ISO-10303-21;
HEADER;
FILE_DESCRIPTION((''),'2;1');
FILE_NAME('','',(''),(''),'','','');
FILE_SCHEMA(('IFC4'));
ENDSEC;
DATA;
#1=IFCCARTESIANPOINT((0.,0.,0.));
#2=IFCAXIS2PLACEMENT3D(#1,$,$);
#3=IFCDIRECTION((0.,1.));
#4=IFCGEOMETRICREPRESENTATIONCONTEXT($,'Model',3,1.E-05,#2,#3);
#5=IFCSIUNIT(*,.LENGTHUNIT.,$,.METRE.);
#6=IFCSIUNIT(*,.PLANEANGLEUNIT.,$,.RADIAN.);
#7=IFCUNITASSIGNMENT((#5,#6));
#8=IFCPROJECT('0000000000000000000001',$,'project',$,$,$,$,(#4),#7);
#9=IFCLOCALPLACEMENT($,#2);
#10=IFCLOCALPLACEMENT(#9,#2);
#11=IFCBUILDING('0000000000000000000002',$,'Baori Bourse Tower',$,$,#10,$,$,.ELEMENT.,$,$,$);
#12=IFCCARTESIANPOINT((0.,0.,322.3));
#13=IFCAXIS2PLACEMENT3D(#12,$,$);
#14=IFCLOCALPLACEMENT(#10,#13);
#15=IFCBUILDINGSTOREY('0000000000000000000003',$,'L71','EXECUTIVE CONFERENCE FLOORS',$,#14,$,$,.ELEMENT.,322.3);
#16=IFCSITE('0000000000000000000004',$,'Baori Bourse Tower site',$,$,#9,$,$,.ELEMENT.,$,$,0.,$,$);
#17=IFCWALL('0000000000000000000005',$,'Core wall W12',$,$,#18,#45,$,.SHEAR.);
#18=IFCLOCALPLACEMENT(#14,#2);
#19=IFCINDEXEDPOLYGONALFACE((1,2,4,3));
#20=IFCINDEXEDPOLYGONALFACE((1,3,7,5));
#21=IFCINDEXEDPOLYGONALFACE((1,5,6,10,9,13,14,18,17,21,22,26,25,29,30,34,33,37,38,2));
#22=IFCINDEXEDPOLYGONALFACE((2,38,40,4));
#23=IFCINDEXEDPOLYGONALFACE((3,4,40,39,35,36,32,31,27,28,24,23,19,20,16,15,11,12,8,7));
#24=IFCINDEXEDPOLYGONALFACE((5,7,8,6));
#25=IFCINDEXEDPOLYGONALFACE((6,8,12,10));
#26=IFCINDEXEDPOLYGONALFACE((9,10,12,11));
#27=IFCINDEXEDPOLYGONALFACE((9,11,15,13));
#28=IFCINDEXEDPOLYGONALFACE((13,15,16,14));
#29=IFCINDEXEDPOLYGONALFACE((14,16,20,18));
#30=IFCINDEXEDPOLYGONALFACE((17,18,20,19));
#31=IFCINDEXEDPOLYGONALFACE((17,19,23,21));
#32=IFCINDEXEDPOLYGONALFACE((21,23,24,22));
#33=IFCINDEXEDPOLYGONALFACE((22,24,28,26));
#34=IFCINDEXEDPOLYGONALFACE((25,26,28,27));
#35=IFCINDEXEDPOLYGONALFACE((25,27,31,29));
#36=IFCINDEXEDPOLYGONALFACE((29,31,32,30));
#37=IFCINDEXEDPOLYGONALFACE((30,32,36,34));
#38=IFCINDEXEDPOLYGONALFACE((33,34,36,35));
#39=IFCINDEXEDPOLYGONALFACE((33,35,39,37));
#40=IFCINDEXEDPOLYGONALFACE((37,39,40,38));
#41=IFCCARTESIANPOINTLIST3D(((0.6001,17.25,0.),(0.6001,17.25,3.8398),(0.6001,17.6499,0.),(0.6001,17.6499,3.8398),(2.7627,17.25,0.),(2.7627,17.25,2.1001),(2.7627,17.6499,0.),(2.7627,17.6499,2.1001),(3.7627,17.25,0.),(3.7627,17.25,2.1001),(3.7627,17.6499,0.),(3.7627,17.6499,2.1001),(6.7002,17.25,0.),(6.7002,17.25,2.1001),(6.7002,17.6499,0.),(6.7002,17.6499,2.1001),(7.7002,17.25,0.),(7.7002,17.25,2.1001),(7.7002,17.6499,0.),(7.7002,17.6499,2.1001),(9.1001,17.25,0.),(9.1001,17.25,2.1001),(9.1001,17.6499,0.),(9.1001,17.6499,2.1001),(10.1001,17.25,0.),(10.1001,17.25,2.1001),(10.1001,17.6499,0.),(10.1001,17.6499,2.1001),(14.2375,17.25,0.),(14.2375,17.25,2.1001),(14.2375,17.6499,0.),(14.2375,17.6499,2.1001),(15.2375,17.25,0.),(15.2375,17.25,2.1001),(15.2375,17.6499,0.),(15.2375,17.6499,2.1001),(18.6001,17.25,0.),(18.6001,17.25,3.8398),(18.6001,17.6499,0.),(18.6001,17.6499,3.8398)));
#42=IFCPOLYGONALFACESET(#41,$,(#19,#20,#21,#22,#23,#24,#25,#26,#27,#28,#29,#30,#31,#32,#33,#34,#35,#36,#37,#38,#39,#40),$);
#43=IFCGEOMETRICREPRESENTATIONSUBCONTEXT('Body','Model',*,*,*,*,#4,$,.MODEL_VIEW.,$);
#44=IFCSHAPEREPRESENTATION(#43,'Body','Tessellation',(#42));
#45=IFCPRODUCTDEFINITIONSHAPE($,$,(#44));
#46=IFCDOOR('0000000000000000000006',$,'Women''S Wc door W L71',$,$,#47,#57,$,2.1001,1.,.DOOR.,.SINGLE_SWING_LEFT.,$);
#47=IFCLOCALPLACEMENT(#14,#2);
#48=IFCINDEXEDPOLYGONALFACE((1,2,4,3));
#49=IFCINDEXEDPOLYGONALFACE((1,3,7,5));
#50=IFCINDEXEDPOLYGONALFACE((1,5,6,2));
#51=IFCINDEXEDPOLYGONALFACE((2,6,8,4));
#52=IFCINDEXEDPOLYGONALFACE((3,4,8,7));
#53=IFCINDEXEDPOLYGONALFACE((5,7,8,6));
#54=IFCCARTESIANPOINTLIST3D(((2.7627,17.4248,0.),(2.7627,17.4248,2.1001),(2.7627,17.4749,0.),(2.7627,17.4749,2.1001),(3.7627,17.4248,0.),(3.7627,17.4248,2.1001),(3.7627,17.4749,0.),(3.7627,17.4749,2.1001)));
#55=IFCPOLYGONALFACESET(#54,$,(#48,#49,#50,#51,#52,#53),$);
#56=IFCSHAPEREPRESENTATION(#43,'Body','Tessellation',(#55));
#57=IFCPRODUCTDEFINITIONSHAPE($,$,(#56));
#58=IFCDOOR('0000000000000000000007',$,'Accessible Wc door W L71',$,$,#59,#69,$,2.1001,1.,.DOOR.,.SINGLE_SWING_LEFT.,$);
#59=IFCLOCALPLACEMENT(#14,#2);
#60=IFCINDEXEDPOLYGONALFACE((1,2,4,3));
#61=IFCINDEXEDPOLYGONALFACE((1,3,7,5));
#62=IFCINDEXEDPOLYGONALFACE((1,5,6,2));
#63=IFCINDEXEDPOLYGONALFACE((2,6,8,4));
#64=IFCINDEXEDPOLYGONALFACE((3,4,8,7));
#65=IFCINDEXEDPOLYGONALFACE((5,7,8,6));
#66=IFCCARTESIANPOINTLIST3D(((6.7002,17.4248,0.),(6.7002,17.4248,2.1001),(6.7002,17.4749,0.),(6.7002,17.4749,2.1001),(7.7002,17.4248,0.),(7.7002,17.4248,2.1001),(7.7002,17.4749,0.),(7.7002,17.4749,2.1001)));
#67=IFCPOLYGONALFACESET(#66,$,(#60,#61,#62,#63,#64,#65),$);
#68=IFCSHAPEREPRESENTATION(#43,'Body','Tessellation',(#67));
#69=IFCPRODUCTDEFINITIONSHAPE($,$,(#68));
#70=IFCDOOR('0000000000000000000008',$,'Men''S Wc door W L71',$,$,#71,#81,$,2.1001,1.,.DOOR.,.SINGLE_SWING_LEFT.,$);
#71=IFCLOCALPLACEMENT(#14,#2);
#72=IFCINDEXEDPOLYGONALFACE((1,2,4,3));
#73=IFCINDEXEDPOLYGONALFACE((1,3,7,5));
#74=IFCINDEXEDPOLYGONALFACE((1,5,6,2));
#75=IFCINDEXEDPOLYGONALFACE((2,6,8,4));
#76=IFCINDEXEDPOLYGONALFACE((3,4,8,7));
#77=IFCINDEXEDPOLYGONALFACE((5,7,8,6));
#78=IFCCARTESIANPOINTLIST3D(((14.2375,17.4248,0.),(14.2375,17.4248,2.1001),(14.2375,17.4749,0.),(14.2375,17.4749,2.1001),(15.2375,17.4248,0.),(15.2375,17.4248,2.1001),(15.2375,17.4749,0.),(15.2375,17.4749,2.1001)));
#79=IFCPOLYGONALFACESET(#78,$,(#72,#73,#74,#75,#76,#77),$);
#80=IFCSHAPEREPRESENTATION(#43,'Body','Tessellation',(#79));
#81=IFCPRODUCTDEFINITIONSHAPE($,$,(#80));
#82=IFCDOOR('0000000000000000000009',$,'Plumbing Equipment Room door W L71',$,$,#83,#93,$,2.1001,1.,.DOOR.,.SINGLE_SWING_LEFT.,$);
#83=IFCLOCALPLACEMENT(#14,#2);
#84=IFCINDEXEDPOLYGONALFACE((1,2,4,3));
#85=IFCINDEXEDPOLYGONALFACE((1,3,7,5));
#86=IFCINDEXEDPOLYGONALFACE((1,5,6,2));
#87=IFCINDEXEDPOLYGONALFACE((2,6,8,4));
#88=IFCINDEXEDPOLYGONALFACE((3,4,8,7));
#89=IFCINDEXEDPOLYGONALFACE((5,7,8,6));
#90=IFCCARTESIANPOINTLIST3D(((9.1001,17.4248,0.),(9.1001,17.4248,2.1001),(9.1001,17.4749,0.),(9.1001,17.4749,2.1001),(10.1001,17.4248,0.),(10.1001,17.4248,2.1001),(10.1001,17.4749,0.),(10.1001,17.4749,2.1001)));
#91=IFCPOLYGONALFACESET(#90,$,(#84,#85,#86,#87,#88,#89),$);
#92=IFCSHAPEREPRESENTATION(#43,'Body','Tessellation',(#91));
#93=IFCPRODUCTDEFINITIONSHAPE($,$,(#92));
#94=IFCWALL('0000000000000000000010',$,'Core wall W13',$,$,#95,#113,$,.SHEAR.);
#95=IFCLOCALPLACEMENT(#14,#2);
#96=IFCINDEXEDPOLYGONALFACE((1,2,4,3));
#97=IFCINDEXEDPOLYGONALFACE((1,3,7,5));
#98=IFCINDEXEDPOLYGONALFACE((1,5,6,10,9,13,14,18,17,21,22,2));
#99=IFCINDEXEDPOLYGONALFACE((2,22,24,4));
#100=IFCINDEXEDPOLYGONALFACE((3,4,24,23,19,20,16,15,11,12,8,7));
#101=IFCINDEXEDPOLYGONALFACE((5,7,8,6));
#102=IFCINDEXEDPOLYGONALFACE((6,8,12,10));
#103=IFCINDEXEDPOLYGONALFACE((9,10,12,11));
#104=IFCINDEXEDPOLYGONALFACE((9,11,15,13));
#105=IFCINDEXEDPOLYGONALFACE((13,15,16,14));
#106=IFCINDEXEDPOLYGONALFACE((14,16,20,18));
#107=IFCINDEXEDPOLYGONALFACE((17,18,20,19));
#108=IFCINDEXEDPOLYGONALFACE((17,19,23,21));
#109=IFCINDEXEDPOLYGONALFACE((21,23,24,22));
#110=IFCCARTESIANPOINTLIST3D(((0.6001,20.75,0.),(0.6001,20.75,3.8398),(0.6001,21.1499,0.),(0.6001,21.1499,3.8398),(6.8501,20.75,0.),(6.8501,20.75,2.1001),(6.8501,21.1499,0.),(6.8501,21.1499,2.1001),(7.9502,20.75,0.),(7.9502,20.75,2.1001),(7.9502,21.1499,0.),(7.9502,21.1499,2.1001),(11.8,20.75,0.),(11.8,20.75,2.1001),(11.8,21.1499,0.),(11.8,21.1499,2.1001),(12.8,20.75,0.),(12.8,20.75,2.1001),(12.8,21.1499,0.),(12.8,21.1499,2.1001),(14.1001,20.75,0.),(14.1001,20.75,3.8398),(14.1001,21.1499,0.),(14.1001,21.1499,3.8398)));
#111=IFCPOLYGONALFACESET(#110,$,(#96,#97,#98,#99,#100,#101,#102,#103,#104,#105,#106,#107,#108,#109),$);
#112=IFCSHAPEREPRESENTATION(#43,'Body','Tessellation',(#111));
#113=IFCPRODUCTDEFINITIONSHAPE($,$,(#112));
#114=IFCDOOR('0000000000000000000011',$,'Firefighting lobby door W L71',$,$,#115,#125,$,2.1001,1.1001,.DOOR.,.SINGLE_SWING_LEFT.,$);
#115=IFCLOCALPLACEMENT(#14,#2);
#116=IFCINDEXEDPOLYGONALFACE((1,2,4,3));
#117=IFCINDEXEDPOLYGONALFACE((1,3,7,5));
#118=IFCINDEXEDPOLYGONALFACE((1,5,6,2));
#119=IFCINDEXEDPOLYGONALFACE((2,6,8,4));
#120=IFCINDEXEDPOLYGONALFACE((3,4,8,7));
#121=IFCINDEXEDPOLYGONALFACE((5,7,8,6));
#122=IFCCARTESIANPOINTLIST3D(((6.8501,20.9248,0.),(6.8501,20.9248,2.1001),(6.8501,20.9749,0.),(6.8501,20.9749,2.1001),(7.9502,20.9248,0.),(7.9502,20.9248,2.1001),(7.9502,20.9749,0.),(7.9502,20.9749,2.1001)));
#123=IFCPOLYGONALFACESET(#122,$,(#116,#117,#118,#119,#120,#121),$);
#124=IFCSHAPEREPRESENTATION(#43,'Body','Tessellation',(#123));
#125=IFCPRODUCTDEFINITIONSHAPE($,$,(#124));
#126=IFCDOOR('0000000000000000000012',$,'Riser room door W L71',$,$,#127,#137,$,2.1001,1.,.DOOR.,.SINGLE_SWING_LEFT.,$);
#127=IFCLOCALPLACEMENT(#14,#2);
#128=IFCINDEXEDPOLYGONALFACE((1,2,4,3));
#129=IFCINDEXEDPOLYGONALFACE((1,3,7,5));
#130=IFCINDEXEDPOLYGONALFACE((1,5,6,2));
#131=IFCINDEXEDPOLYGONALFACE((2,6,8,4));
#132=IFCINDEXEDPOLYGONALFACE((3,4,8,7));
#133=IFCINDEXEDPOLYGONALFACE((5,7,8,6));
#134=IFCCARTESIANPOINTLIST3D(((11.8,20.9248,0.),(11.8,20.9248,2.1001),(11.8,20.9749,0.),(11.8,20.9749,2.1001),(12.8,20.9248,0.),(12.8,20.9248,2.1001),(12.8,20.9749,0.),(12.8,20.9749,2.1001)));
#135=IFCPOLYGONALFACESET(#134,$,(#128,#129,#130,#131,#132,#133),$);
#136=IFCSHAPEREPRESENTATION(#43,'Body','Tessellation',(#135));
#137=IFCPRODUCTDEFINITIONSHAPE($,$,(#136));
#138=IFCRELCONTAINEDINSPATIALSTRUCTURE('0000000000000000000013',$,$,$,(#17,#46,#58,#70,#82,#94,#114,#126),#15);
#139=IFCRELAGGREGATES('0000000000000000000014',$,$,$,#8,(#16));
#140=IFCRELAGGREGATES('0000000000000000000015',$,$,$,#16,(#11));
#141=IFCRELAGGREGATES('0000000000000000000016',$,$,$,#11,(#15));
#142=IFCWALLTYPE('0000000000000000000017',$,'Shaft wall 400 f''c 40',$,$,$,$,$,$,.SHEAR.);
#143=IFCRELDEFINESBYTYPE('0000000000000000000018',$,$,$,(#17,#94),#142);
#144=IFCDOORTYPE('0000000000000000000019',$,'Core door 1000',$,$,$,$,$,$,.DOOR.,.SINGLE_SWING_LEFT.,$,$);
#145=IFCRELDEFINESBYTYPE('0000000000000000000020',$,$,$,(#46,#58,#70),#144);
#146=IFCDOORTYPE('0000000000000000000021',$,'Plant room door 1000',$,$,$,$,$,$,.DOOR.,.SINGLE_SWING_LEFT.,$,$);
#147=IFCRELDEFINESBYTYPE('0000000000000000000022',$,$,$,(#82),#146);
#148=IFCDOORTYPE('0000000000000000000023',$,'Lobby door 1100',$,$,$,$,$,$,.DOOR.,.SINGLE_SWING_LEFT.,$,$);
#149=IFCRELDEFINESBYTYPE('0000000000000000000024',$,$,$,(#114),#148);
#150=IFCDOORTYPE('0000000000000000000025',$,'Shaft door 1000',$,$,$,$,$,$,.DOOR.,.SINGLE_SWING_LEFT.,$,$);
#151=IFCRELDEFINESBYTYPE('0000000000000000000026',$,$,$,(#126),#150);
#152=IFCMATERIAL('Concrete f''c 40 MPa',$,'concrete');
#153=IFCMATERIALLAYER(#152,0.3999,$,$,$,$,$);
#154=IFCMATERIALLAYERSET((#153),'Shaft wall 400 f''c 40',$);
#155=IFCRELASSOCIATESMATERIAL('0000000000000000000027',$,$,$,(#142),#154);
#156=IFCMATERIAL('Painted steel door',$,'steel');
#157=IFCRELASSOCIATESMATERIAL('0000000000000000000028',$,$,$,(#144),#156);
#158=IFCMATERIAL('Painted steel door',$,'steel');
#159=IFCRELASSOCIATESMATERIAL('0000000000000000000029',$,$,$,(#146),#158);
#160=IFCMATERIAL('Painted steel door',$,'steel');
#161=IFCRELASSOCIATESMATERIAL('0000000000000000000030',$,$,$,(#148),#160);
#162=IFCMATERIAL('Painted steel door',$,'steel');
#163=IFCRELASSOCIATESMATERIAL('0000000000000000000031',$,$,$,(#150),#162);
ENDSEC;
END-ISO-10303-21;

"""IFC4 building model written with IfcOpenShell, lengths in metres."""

from ifc_helpers import new_model, si_unit, direction, frame, frame_2d, origin, place, context, subcontext, project, spatial, rectangle, extrude, material, layer, layer_set, type_object, element, fill, save


model = new_model("IFC4")

# Units and contexts
model_context = context("Model", 3, precision=1e-05, world=origin(), true_north=direction((0.0, 1.0)))
body_context = subcontext(model_context, "Body", "Model", "MODEL_VIEW")
ifc_project = project(units=[si_unit("LENGTHUNIT", "METRE"), si_unit("PLANEANGLEUNIT", "RADIAN")], contexts=[model_context])

# Site, building, storey
site_placement = place(None, origin())
site = spatial("IfcSite", under=ifc_project, at=site_placement, Name="Baori Bourse Tower site", CompositionType="ELEMENT", RefElevation=0.0)
building_placement = place(site_placement, origin())
building = spatial("IfcBuilding", under=site, at=building_placement, Name="Baori Bourse Tower", CompositionType="ELEMENT")
storey_placement = place(building_placement, frame((0.0, 0.0, 322.3)))
storey = spatial("IfcBuildingStorey", under=building, at=storey_placement, Name="L71", Description="EXECUTIVE CONFERENCE FLOORS", CompositionType="ELEMENT", Elevation=322.3)

# Shared definitions
ifc_material_1 = material(Name="Concrete f'c 40 MPa", Category="concrete")
ifc_layer_1 = layer(ifc_material_1, 0.3999)
ifc_layer_set_1 = layer_set([ifc_layer_1], Name="Shaft wall 400 f'c 40")
wall_type_1 = type_object("IfcWallType", Name="Shaft wall 400 f'c 40", PredefinedType="SHEAR", material=ifc_layer_set_1)

# Walls, openings, doors
wall_1_placement = place(storey_placement, frame((0.6001, 17.45, 0.0), z_axis=(0.0, 0.0, 1.0), x_axis=(1.0, 0.0, 0.0)))
wall_1 = element("IfcWall", 1, at=wall_1_placement, inside=storey, type_object=wall_type_1, Name="Core wall W12", PredefinedType="SHEAR", context=body_context, shape_type="SweptSolid", body=[
    extrude(rectangle(XDim=18.0, YDim=0.3999, at=frame_2d((9.0, 0.0))), origin(), (0.0, 0.0, 1.0), 3.8398),
])
opening_1_placement = place(wall_1_placement, frame((2.1626, 0.0, 0.0)))
opening_1 = element("IfcOpeningElement", 2, at=opening_1_placement, cuts=wall_1, PredefinedType="OPENING", context=body_context, shape_type="SweptSolid", body=[
    extrude(rectangle(XDim=1.0, YDim=2.1001, at=frame_2d((0.5, 1.05))), frame((0.0, 0.21, 0.0), z_axis=(0.0, -1.0, 0.0), x_axis=(1.0, 0.0, 0.0)), (0.0, 0.0, 1.0), 0.4199),
])
opening_2_placement = place(wall_1_placement, frame((6.1001, 0.0, 0.0)))
opening_2 = element("IfcOpeningElement", 3, at=opening_2_placement, cuts=wall_1, PredefinedType="OPENING", context=body_context, shape_type="SweptSolid", body=[
    extrude(rectangle(XDim=1.0, YDim=2.1001, at=frame_2d((0.5, 1.05))), frame((0.0, 0.21, 0.0), z_axis=(0.0, -1.0, 0.0), x_axis=(1.0, 0.0, 0.0)), (0.0, 0.0, 1.0), 0.4199),
])
opening_3_placement = place(wall_1_placement, frame((8.5, 0.0, 0.0)))
opening_3 = element("IfcOpeningElement", 4, at=opening_3_placement, cuts=wall_1, PredefinedType="OPENING", context=body_context, shape_type="SweptSolid", body=[
    extrude(rectangle(XDim=1.0, YDim=2.1001, at=frame_2d((0.5, 1.05))), frame((0.0, 0.21, 0.0), z_axis=(0.0, -1.0, 0.0), x_axis=(1.0, 0.0, 0.0)), (0.0, 0.0, 1.0), 0.4199),
])
opening_4_placement = place(wall_1_placement, frame((13.6375, 0.0, 0.0)))
opening_4 = element("IfcOpeningElement", 5, at=opening_4_placement, cuts=wall_1, PredefinedType="OPENING", context=body_context, shape_type="SweptSolid", body=[
    extrude(rectangle(XDim=1.0, YDim=2.1001, at=frame_2d((0.5, 1.05))), frame((0.0, 0.21, 0.0), z_axis=(0.0, -1.0, 0.0), x_axis=(1.0, 0.0, 0.0)), (0.0, 0.0, 1.0), 0.4199),
])
ifc_material_2 = material(Name="Painted steel door", Category="steel")
door_type_1 = type_object("IfcDoorType", Name="Core door 1000", OperationType="SINGLE_SWING_LEFT", PredefinedType="DOOR", material=ifc_material_2)
door_1_placement = place(opening_1_placement, origin())
door_1 = element("IfcDoor", 6, at=door_1_placement, inside=storey, type_object=door_type_1, Name="Women'S Wc door W L71", OperationType="SINGLE_SWING_LEFT", OverallHeight=2.1001, OverallWidth=1.0, PredefinedType="DOOR", context=body_context, shape_type="SweptSolid", body=[
    extrude(rectangle(XDim=1.0, YDim=2.1001, at=frame_2d((0.5, 1.05))), frame((0.0, 0.0249, 0.0), z_axis=(0.0, -1.0, 0.0), x_axis=(1.0, 0.0, 0.0)), (0.0, 0.0, 1.0), 0.05),
])
fill(opening_1, door_1)
door_2_placement = place(opening_2_placement, origin())
door_2 = element("IfcDoor", 7, at=door_2_placement, inside=storey, type_object=door_type_1, Name="Accessible Wc door W L71", OperationType="SINGLE_SWING_LEFT", OverallHeight=2.1001, OverallWidth=1.0, PredefinedType="DOOR", context=body_context, shape_type="SweptSolid", body=[
    extrude(rectangle(XDim=1.0, YDim=2.1001, at=frame_2d((0.5, 1.05))), frame((0.0, 0.0249, 0.0), z_axis=(0.0, -1.0, 0.0), x_axis=(1.0, 0.0, 0.0)), (0.0, 0.0, 1.0), 0.05),
])
fill(opening_2, door_2)
door_3_placement = place(opening_4_placement, origin())
door_3 = element("IfcDoor", 8, at=door_3_placement, inside=storey, type_object=door_type_1, Name="Men'S Wc door W L71", OperationType="SINGLE_SWING_LEFT", OverallHeight=2.1001, OverallWidth=1.0, PredefinedType="DOOR", context=body_context, shape_type="SweptSolid", body=[
    extrude(rectangle(XDim=1.0, YDim=2.1001, at=frame_2d((0.5, 1.05))), frame((0.0, 0.0249, 0.0), z_axis=(0.0, -1.0, 0.0), x_axis=(1.0, 0.0, 0.0)), (0.0, 0.0, 1.0), 0.05),
])
fill(opening_4, door_3)
ifc_material_3 = material(Name="Painted steel door", Category="steel")
door_type_2 = type_object("IfcDoorType", Name="Plant room door 1000", OperationType="SINGLE_SWING_LEFT", PredefinedType="DOOR", material=ifc_material_3)
door_4_placement = place(opening_3_placement, origin())
door_4 = element("IfcDoor", 9, at=door_4_placement, inside=storey, type_object=door_type_2, Name="Plumbing Equipment Room door W L71", OperationType="SINGLE_SWING_LEFT", OverallHeight=2.1001, OverallWidth=1.0, PredefinedType="DOOR", context=body_context, shape_type="SweptSolid", body=[
    extrude(rectangle(XDim=1.0, YDim=2.1001, at=frame_2d((0.5, 1.05))), frame((0.0, 0.0249, 0.0), z_axis=(0.0, -1.0, 0.0), x_axis=(1.0, 0.0, 0.0)), (0.0, 0.0, 1.0), 0.05),
])
fill(opening_3, door_4)
wall_2_placement = place(storey_placement, frame((0.6001, 20.95, 0.0), z_axis=(0.0, 0.0, 1.0), x_axis=(1.0, 0.0, 0.0)))
wall_2 = element("IfcWall", 10, at=wall_2_placement, inside=storey, type_object=wall_type_1, Name="Core wall W13", PredefinedType="SHEAR", context=body_context, shape_type="SweptSolid", body=[
    extrude(rectangle(XDim=13.5, YDim=0.3999, at=frame_2d((6.75, 0.0))), origin(), (0.0, 0.0, 1.0), 3.8398),
])
opening_5_placement = place(wall_2_placement, frame((6.25, 0.0, 0.0)))
opening_5 = element("IfcOpeningElement", 11, at=opening_5_placement, cuts=wall_2, PredefinedType="OPENING", context=body_context, shape_type="SweptSolid", body=[
    extrude(rectangle(XDim=1.1001, YDim=2.1001, at=frame_2d((0.55, 1.05))), frame((0.0, 0.21, 0.0), z_axis=(0.0, -1.0, 0.0), x_axis=(1.0, 0.0, 0.0)), (0.0, 0.0, 1.0), 0.4199),
])
opening_6_placement = place(wall_2_placement, frame((11.2, 0.0, 0.0)))
opening_6 = element("IfcOpeningElement", 12, at=opening_6_placement, cuts=wall_2, PredefinedType="OPENING", context=body_context, shape_type="SweptSolid", body=[
    extrude(rectangle(XDim=1.0, YDim=2.1001, at=frame_2d((0.5, 1.05))), frame((0.0, 0.21, 0.0), z_axis=(0.0, -1.0, 0.0), x_axis=(1.0, 0.0, 0.0)), (0.0, 0.0, 1.0), 0.4199),
])
ifc_material_4 = material(Name="Painted steel door", Category="steel")
door_type_3 = type_object("IfcDoorType", Name="Lobby door 1100", OperationType="SINGLE_SWING_LEFT", PredefinedType="DOOR", material=ifc_material_4)
door_5_placement = place(opening_5_placement, origin())
door_5 = element("IfcDoor", 13, at=door_5_placement, inside=storey, type_object=door_type_3, Name="Firefighting lobby door W L71", OperationType="SINGLE_SWING_LEFT", OverallHeight=2.1001, OverallWidth=1.1001, PredefinedType="DOOR", context=body_context, shape_type="SweptSolid", body=[
    extrude(rectangle(XDim=1.1001, YDim=2.1001, at=frame_2d((0.55, 1.05))), frame((0.0, 0.0249, 0.0), z_axis=(0.0, -1.0, 0.0), x_axis=(1.0, 0.0, 0.0)), (0.0, 0.0, 1.0), 0.05),
])
fill(opening_5, door_5)
ifc_material_5 = material(Name="Painted steel door", Category="steel")
door_type_4 = type_object("IfcDoorType", Name="Shaft door 1000", OperationType="SINGLE_SWING_LEFT", PredefinedType="DOOR", material=ifc_material_5)
door_6_placement = place(opening_6_placement, origin())
door_6 = element("IfcDoor", 14, at=door_6_placement, inside=storey, type_object=door_type_4, Name="Riser room door W L71", OperationType="SINGLE_SWING_LEFT", OverallHeight=2.1001, OverallWidth=1.0, PredefinedType="DOOR", context=body_context, shape_type="SweptSolid", body=[
    extrude(rectangle(XDim=1.0, YDim=2.1001, at=frame_2d((0.5, 1.05))), frame((0.0, 0.0249, 0.0), z_axis=(0.0, -1.0, 0.0), x_axis=(1.0, 0.0, 0.0)), (0.0, 0.0, 1.0), 0.05),
])
fill(opening_6, door_6)

save(model, "model.ifc")
